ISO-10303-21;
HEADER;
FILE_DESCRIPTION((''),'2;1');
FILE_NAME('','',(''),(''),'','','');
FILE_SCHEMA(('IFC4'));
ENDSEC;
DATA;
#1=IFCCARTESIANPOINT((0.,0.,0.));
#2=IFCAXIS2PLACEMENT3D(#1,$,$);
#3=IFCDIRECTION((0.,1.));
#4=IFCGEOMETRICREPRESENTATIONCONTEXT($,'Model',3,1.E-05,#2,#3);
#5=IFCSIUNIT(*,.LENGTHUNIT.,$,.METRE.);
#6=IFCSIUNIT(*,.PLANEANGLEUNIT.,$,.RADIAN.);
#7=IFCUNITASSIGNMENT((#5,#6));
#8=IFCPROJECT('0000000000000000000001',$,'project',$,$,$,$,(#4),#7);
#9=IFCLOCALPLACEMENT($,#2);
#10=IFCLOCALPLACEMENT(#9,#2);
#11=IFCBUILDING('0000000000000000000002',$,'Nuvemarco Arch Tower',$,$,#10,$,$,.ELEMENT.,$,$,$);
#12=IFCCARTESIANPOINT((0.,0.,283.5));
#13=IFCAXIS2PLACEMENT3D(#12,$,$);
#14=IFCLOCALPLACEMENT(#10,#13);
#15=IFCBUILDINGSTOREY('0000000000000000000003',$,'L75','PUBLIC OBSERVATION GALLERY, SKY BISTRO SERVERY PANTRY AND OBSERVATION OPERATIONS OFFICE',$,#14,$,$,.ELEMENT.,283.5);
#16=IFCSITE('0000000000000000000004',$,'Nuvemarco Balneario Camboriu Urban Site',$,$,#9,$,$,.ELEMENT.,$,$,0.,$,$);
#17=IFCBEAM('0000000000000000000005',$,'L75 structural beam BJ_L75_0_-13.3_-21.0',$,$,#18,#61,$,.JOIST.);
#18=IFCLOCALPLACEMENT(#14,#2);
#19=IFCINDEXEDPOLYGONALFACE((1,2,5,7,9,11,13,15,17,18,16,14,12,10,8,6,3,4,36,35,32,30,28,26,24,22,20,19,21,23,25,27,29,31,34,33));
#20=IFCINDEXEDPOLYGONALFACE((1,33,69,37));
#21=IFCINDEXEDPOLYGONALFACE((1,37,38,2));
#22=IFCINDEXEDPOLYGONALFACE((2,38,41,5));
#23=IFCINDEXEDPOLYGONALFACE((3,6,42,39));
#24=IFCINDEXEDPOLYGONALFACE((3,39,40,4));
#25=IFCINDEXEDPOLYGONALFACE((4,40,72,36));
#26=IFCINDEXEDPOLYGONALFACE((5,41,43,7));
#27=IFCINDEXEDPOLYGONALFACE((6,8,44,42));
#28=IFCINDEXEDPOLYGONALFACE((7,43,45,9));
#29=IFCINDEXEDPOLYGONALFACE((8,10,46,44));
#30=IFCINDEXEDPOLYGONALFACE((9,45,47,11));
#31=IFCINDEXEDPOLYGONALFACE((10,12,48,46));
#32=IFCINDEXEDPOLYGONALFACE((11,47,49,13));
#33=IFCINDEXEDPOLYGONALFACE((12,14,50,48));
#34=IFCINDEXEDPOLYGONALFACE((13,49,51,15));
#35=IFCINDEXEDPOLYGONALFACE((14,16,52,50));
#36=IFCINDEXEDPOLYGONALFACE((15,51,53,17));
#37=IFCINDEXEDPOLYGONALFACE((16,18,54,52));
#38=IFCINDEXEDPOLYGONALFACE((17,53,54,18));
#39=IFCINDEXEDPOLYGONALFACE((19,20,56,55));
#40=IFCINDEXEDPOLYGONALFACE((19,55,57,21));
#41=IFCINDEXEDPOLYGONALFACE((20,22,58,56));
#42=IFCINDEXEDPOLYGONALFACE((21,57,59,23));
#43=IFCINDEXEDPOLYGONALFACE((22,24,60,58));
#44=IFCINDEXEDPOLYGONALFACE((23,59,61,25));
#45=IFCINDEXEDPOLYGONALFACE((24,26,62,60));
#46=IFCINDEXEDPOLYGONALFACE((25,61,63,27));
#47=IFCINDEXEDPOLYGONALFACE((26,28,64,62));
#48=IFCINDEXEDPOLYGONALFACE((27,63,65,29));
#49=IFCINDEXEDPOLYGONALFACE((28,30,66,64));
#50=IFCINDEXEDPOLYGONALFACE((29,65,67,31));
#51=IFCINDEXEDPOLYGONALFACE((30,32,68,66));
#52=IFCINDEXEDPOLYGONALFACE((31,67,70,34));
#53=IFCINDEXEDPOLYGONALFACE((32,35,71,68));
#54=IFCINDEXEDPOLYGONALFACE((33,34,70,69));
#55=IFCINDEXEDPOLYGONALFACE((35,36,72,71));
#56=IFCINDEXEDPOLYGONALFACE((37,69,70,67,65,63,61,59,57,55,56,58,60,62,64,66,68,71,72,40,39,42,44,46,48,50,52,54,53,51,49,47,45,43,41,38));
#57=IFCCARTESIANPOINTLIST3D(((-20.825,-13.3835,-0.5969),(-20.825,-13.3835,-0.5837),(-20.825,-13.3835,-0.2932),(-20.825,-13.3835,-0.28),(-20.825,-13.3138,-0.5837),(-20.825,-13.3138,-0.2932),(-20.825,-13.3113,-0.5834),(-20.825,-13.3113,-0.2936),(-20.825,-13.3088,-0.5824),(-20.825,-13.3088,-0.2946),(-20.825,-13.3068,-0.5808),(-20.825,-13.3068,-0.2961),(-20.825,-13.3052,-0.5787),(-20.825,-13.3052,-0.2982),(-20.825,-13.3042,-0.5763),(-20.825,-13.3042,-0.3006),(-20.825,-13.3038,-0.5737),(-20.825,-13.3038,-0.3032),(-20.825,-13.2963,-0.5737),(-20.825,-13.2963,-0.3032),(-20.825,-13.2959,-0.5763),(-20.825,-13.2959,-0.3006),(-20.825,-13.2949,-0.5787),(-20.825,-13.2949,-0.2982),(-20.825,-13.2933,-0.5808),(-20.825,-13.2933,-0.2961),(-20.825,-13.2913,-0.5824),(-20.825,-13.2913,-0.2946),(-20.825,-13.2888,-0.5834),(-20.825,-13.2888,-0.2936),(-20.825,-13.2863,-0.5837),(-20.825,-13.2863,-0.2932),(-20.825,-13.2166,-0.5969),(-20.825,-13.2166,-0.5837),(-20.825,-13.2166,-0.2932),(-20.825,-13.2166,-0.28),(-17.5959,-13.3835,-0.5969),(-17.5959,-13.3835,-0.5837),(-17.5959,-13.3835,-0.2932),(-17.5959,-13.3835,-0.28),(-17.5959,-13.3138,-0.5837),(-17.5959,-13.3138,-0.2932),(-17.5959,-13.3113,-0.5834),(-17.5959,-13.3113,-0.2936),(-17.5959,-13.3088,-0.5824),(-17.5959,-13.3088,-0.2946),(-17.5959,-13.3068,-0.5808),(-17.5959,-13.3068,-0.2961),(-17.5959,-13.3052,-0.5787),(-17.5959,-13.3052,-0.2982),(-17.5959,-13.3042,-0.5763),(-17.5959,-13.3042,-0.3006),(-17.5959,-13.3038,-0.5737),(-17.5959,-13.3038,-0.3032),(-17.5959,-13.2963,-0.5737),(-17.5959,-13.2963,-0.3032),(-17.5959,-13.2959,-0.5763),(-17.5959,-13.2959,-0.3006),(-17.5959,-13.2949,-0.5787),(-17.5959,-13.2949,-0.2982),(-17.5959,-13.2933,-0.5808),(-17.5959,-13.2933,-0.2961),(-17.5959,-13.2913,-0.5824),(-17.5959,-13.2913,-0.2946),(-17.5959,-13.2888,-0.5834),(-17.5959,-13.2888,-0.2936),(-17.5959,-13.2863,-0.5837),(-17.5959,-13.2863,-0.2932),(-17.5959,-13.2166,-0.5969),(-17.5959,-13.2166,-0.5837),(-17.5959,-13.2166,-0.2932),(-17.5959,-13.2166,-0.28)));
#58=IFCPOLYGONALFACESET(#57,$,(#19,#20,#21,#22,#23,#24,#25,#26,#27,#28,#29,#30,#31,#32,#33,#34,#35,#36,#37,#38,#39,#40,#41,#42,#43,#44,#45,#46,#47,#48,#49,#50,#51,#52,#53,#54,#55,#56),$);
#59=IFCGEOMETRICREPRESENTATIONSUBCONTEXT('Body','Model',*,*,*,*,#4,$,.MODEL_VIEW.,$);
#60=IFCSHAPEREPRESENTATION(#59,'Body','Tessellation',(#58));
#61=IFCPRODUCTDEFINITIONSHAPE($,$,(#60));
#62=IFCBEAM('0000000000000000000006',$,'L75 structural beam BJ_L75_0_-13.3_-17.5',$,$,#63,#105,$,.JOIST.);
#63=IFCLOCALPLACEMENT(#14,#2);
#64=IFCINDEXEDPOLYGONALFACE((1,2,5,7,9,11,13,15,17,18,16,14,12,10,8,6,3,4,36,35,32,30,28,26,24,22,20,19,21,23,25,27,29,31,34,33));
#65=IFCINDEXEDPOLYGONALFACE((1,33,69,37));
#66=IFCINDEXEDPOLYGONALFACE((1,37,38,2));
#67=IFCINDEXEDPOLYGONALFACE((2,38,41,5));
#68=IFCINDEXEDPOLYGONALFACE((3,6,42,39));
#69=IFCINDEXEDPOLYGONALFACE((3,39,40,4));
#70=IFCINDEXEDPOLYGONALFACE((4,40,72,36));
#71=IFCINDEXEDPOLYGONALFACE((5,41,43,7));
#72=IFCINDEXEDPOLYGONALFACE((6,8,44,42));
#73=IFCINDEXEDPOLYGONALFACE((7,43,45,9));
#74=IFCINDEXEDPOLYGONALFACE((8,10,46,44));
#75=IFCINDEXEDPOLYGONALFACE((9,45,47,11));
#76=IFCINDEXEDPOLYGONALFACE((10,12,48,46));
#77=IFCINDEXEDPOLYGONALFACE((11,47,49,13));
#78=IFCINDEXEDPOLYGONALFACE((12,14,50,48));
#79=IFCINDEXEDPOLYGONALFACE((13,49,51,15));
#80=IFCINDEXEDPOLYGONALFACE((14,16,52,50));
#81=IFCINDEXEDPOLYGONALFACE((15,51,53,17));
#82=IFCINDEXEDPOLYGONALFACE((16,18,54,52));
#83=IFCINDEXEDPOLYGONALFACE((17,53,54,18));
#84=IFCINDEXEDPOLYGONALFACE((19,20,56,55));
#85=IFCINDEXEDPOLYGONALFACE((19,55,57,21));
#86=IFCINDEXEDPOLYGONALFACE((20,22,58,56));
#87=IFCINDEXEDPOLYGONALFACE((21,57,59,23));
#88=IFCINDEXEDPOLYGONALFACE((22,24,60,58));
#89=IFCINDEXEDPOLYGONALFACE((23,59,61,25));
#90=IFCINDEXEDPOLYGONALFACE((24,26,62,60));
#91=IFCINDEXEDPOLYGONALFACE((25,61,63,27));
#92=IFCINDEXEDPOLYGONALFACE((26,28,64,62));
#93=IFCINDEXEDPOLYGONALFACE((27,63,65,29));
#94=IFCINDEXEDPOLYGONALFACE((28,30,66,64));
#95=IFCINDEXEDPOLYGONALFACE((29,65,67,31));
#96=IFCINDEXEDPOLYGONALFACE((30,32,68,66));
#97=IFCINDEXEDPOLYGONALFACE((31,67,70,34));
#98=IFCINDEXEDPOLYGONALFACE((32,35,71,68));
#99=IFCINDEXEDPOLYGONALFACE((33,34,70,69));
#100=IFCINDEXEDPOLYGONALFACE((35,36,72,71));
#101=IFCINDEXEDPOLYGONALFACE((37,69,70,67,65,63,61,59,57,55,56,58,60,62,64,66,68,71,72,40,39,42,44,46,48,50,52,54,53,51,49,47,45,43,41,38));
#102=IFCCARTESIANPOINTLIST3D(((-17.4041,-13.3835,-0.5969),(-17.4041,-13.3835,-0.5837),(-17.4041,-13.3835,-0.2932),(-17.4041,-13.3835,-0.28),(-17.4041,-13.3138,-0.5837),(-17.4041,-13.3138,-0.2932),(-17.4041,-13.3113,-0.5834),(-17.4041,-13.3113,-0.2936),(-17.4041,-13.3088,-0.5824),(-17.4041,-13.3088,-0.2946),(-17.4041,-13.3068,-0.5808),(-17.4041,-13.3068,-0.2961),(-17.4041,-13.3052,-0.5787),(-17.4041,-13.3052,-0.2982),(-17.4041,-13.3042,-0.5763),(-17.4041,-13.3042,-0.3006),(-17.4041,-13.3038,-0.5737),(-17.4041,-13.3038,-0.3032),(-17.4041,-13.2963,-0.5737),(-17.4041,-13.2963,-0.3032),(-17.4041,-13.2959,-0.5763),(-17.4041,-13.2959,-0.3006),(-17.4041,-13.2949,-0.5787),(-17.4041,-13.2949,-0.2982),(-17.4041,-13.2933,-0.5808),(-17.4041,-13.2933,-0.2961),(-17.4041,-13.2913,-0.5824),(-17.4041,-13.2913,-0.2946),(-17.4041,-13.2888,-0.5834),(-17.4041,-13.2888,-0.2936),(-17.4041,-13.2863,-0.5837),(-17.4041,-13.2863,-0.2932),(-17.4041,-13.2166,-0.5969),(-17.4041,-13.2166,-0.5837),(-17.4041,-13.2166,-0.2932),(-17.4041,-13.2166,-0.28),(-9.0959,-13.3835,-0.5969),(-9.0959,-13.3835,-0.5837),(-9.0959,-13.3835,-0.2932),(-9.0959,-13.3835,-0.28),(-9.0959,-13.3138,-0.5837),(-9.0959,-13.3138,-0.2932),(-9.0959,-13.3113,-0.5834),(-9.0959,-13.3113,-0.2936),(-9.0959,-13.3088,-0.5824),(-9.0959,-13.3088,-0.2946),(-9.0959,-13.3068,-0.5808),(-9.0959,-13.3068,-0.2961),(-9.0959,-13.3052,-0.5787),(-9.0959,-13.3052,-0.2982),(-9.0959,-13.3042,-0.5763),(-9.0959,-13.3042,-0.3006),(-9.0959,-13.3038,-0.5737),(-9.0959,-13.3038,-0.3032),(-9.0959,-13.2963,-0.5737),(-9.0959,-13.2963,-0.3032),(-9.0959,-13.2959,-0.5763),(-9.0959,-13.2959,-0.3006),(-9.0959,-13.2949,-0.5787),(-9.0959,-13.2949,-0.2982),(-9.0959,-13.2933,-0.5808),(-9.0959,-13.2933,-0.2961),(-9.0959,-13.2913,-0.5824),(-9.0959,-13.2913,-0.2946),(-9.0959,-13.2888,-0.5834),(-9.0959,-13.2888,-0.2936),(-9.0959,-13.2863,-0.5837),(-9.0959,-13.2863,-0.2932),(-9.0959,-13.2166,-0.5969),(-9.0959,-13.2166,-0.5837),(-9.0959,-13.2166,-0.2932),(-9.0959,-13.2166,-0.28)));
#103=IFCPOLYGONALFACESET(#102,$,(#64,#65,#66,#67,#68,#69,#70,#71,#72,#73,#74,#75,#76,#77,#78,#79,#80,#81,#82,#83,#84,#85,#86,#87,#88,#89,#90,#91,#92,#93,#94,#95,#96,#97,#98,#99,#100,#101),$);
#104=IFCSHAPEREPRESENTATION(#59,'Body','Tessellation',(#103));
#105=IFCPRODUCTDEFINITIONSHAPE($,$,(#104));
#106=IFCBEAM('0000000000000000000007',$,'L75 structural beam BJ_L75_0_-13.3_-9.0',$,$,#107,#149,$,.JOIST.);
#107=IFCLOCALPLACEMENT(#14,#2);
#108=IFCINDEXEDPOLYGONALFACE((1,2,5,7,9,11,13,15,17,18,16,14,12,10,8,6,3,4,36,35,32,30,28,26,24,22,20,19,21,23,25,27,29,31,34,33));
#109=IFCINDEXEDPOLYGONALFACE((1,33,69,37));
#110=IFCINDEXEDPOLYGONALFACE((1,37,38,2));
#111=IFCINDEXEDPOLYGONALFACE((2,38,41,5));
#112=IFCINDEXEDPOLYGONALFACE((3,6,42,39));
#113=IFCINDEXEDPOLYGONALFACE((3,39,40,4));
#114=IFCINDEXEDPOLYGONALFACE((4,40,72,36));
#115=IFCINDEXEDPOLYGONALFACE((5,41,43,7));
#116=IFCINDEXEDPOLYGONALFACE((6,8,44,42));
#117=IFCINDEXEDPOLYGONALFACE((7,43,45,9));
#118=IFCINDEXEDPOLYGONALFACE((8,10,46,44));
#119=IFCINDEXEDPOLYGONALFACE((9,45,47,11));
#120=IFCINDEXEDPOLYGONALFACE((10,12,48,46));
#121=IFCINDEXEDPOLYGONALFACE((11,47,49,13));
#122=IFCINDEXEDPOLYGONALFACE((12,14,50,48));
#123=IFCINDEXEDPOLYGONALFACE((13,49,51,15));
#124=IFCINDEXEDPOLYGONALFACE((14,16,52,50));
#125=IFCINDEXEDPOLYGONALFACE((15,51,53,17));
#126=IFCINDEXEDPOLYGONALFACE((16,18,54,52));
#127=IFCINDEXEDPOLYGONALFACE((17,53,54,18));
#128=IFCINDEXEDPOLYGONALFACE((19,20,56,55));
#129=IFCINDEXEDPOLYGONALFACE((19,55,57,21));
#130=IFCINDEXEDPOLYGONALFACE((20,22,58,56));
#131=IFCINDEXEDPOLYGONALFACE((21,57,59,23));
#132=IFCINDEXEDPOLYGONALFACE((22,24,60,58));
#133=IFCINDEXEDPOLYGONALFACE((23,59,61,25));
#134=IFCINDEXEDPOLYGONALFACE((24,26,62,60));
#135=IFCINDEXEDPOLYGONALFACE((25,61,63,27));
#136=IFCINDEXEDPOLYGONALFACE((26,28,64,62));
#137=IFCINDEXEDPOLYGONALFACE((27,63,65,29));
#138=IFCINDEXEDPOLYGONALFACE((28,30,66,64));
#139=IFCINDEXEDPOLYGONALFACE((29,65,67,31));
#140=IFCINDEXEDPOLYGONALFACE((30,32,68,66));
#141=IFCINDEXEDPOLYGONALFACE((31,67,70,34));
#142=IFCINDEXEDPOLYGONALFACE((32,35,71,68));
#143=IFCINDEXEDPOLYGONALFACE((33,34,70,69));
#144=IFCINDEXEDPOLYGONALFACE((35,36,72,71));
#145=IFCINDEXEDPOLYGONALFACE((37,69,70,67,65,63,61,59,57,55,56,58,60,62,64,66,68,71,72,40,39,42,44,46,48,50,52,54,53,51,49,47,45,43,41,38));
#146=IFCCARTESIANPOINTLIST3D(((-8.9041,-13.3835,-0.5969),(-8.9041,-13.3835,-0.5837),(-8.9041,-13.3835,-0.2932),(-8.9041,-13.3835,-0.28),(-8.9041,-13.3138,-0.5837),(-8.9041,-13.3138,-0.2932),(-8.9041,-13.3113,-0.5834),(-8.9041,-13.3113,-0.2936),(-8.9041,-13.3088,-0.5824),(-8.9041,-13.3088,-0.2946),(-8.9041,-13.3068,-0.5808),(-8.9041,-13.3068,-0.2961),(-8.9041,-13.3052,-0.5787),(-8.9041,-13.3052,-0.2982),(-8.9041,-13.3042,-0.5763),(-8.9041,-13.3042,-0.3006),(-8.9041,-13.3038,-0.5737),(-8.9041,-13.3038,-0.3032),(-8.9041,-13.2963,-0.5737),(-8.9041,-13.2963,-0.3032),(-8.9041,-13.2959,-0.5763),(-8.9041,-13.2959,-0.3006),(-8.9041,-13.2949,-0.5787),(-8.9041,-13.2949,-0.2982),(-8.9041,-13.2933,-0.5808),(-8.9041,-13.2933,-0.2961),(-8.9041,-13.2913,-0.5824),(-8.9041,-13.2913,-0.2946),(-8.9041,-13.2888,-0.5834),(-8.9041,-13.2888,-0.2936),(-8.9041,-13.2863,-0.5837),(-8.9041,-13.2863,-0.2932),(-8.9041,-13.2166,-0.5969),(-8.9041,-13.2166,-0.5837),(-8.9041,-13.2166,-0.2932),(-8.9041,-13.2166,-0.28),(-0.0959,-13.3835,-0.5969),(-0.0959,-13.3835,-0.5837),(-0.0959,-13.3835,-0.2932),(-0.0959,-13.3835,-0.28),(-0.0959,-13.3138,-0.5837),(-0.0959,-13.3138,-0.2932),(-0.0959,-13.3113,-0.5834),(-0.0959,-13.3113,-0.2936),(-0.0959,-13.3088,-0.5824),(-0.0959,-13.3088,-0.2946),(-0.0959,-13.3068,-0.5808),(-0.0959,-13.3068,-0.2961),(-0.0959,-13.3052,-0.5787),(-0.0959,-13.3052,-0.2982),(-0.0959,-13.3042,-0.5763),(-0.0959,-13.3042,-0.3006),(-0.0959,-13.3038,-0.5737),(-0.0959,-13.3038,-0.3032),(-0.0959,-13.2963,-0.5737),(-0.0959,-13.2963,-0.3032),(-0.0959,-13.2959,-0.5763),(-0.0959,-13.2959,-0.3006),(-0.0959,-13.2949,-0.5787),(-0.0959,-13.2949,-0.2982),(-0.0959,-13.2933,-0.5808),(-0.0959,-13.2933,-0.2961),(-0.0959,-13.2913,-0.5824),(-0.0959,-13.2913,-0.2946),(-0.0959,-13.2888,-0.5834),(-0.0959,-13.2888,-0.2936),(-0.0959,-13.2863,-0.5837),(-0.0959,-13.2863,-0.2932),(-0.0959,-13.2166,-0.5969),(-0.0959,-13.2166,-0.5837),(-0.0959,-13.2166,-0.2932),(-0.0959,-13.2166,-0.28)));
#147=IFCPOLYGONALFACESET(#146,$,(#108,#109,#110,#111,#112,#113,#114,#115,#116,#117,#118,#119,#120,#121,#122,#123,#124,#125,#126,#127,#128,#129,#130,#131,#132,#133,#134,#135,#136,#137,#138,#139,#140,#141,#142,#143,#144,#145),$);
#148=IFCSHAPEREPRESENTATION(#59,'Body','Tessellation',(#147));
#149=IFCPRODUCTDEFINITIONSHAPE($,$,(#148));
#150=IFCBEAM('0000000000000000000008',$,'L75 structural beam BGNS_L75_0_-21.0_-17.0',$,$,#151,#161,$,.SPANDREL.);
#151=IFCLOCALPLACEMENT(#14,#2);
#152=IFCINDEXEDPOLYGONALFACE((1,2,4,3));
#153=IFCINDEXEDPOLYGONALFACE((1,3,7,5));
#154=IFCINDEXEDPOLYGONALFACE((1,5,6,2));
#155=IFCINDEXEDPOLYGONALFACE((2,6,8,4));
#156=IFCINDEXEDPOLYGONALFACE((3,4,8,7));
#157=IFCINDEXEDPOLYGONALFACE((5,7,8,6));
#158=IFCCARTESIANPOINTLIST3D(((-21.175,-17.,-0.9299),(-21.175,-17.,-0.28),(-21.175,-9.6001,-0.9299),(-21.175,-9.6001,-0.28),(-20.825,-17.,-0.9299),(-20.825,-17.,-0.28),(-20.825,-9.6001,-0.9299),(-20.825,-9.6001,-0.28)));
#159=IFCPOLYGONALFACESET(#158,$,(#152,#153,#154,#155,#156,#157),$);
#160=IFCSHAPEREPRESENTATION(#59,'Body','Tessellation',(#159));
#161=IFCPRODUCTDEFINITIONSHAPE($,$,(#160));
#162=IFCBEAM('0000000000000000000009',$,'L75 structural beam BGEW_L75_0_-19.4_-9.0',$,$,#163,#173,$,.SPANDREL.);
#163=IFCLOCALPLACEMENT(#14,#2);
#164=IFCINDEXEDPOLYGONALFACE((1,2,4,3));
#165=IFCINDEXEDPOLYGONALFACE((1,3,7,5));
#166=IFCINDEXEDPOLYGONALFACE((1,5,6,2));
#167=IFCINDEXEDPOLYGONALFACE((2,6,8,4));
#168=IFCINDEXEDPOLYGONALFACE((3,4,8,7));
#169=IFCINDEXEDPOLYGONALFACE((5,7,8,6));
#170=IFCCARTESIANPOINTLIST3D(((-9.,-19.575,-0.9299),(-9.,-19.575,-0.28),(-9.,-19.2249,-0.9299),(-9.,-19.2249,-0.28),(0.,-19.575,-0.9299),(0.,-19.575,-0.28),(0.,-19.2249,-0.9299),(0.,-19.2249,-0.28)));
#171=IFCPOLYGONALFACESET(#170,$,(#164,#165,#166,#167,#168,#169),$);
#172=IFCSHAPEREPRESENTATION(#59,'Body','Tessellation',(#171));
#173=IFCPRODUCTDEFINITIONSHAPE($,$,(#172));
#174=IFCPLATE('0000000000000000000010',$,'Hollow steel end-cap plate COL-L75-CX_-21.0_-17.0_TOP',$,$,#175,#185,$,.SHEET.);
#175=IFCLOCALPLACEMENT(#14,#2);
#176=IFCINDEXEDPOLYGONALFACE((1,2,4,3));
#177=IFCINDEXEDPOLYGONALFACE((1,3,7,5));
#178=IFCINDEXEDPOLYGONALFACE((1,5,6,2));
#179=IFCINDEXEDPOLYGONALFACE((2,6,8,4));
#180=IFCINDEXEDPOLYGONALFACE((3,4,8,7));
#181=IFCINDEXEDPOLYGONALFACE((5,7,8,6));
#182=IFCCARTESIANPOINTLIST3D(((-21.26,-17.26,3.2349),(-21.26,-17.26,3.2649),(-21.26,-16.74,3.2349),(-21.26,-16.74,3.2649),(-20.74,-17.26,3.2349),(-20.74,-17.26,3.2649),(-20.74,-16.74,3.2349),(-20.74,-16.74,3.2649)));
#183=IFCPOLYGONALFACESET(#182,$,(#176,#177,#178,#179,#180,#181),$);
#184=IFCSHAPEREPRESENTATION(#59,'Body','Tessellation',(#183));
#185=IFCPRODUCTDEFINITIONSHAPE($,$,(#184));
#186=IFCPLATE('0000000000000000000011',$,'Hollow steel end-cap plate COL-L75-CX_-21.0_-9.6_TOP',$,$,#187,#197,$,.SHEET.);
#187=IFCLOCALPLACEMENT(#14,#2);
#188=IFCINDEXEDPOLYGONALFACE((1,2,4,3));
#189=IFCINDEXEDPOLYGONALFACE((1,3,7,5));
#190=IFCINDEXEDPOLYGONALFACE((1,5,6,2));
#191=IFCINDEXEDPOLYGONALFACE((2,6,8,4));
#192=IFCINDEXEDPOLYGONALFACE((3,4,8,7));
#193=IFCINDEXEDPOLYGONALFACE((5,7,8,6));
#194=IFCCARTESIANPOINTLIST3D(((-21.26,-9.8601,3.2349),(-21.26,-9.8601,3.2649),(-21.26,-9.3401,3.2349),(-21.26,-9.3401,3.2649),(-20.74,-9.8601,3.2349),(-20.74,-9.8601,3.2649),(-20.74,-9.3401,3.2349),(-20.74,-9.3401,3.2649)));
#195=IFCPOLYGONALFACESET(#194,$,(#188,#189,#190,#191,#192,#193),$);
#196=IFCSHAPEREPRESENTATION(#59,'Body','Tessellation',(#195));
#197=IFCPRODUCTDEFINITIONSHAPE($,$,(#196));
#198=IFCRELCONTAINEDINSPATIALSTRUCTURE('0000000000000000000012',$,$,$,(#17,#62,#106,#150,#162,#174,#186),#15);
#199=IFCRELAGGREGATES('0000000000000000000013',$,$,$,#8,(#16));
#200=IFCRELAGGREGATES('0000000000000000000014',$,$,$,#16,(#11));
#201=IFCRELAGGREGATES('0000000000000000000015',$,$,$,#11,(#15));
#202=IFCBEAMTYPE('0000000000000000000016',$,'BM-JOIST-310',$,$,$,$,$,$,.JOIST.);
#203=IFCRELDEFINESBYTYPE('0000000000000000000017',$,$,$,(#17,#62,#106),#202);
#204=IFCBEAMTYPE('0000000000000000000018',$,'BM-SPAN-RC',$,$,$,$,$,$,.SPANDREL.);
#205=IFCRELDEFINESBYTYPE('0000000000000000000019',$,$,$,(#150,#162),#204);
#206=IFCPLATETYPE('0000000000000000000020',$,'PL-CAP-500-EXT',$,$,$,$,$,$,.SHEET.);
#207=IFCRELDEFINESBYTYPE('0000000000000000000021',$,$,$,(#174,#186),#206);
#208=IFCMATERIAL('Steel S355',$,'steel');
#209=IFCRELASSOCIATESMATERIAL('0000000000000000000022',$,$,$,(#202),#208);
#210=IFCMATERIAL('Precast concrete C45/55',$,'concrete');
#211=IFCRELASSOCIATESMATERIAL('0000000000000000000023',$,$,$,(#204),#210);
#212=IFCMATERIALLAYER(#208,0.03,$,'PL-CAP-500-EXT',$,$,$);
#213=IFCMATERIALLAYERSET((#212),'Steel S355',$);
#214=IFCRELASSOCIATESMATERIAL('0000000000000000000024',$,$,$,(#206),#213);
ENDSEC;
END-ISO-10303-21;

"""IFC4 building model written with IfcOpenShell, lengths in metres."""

from ifc_helpers import new_model, si_unit, direction, frame, origin, origin_2d, place, context, subcontext, project, spatial, rectangle, i_section, extrude, source, transform, mapped, material, layer, layer_set, material_profile, profile_set, type_object, type_shapes, element, save


model = new_model("IFC4")

# Units and contexts
model_context = context("Model", 3, precision=1e-05, world=origin(), true_north=direction((0.0, 1.0)))
body_context = subcontext(model_context, "Body", "Model", "MODEL_VIEW")
ifc_project = project(units=[si_unit("LENGTHUNIT", "METRE"), si_unit("PLANEANGLEUNIT", "RADIAN")], contexts=[model_context])

# Site, building, storey
site_placement = place(None, origin())
site = spatial("IfcSite", under=ifc_project, at=site_placement, Name="Nuvemarco Balneario Camboriu Urban Site", CompositionType="ELEMENT", RefElevation=0.0)
building_placement = place(site_placement, origin())
building = spatial("IfcBuilding", under=site, at=building_placement, Name="Nuvemarco Arch Tower", CompositionType="ELEMENT")
storey_placement = place(building_placement, frame((0.0, 0.0, 283.5)))
storey = spatial("IfcBuildingStorey", under=building, at=storey_placement, Name="L75", Description="PUBLIC OBSERVATION GALLERY, SKY BISTRO SERVERY PANTRY AND OBSERVATION OPERATIONS OFFICE", CompositionType="ELEMENT", Elevation=283.5)

# Shared definitions
ifc_material_1 = material(Name="Steel S355", Category="steel")

# Beams
ifc_material_profile_1 = material_profile(ifc_material_1, i_section(OverallWidth=0.167, OverallDepth=0.3169, WebThickness=0.0076, FlangeThickness=0.0132, FilletRadius=0.01, at=origin_2d()), Name="W310x52")
ifc_profile_set_1 = profile_set([ifc_material_profile_1], Name="Steel S355")
beam_type_1 = type_object("IfcBeamType", Name="BM-JOIST-310", PredefinedType="JOIST", material=ifc_profile_set_1)
beam_1_placement = place(storey_placement, frame((-20.825, -13.3, -0.4385), z_axis=(1.0, 0.0, 0.0), x_axis=(0.0, 1.0, 0.0)))
element("IfcBeam", 1, at=beam_1_placement, inside=storey, type_object=beam_type_1, Name="L75 structural beam BJ_L75_0_-13.3_-21.0", PredefinedType="JOIST", context=body_context, shape_type="SweptSolid", body=[
    extrude(i_section(OverallWidth=0.167, OverallDepth=0.3169, WebThickness=0.0076, FlangeThickness=0.0132, FilletRadius=0.01, at=origin_2d()), origin(), (0.0, 0.0, 1.0), 3.229),
])
beam_2_placement = place(storey_placement, frame((-17.4041, -13.3, -0.4385), z_axis=(1.0, 0.0, 0.0), x_axis=(0.0, 1.0, 0.0)))
element("IfcBeam", 2, at=beam_2_placement, inside=storey, type_object=beam_type_1, Name="L75 structural beam BJ_L75_0_-13.3_-17.5", PredefinedType="JOIST", context=body_context, shape_type="SweptSolid", body=[
    extrude(i_section(OverallWidth=0.167, OverallDepth=0.3169, WebThickness=0.0076, FlangeThickness=0.0132, FilletRadius=0.01, at=origin_2d()), origin(), (0.0, 0.0, 1.0), 8.3081),
])
beam_3_placement = place(storey_placement, frame((-8.9041, -13.3, -0.4385), z_axis=(1.0, 0.0, 0.0), x_axis=(0.0, 1.0, 0.0)))
element("IfcBeam", 3, at=beam_3_placement, inside=storey, type_object=beam_type_1, Name="L75 structural beam BJ_L75_0_-13.3_-9.0", PredefinedType="JOIST", context=body_context, shape_type="SweptSolid", body=[
    extrude(i_section(OverallWidth=0.167, OverallDepth=0.3169, WebThickness=0.0076, FlangeThickness=0.0132, FilletRadius=0.01, at=origin_2d()), origin(), (0.0, 0.0, 1.0), 8.8081),
])
ifc_material_2 = material(Name="Precast concrete C45/55", Category="concrete")
ifc_material_profile_2 = material_profile(ifc_material_2, rectangle(XDim=0.3501, YDim=0.6499, at=origin_2d()), Name="PC-SP-350x650")
ifc_profile_set_2 = profile_set([ifc_material_profile_2], Name="Precast concrete C45/55")
beam_type_2 = type_object("IfcBeamType", Name="BM-SPAN-RC", PredefinedType="SPANDREL", material=ifc_profile_set_2)
beam_4_placement = place(storey_placement, frame((-21.0, -17.0, -0.605), z_axis=(0.0, 1.0, 0.0), x_axis=(-1.0, 0.0, 0.0)))
element("IfcBeam", 4, at=beam_4_placement, inside=storey, type_object=beam_type_2, Name="L75 structural beam BGNS_L75_0_-21.0_-17.0", PredefinedType="SPANDREL", context=body_context, shape_type="SweptSolid", body=[
    extrude(rectangle(XDim=0.3501, YDim=0.6499, at=origin_2d()), origin(), (0.0, 0.0, 1.0), 7.3999),
])
beam_5_placement = place(storey_placement, frame((-9.0, -19.3999, -0.605), z_axis=(1.0, 0.0, 0.0), x_axis=(0.0, 1.0, 0.0)))
element("IfcBeam", 5, at=beam_5_placement, inside=storey, type_object=beam_type_2, Name="L75 structural beam BGEW_L75_0_-19.4_-9.0", PredefinedType="SPANDREL", context=body_context, shape_type="SweptSolid", body=[
    extrude(rectangle(XDim=0.3501, YDim=0.6499, at=origin_2d()), origin(), (0.0, 0.0, 1.0), 9.0),
])

# Plates
ifc_layer_1 = layer(ifc_material_1, 0.03, Name="PL-CAP-500-EXT")
ifc_layer_set_1 = layer_set([ifc_layer_1], Name="Steel S355")
plate_type = type_object("IfcPlateType", Name="PL-CAP-500-EXT", PredefinedType="SHEET", material=ifc_layer_set_1)
shared_shape_1 = source(origin(), body_context, "Body", "SweptSolid", [
    extrude(rectangle(XDim=0.52, YDim=0.52, at=origin_2d()), origin(), (0.0, 0.0, 1.0), 0.03),
])
type_shapes(plate_type, [shared_shape_1])
for number, where, z_axis, x_axis, name in (
    (6, (-21.0, -17.0, 3.2349), (0.0, 0.0, 1.0), (1.0, 0.0, 0.0), "Hollow steel end-cap plate COL-L75-CX_-21.0_-17.0_TOP"),
    (7, (-21.0, -9.6001, 3.2349), (0.0, 0.0, 1.0), (1.0, 0.0, 0.0), "Hollow steel end-cap plate COL-L75-CX_-21.0_-9.6_TOP"),
):
    element("IfcPlate", number, at=place(storey_placement, frame(where, z_axis=z_axis, x_axis=x_axis)), inside=storey, type_object=plate_type, Name=name, PredefinedType="SHEET", context=body_context, shape_type="MappedRepresentation", body=[
        mapped(shared_shape_1, transform((0.0, 0.0, 0.0), scale=1.0)),
    ])

save(model, "model.ifc")
